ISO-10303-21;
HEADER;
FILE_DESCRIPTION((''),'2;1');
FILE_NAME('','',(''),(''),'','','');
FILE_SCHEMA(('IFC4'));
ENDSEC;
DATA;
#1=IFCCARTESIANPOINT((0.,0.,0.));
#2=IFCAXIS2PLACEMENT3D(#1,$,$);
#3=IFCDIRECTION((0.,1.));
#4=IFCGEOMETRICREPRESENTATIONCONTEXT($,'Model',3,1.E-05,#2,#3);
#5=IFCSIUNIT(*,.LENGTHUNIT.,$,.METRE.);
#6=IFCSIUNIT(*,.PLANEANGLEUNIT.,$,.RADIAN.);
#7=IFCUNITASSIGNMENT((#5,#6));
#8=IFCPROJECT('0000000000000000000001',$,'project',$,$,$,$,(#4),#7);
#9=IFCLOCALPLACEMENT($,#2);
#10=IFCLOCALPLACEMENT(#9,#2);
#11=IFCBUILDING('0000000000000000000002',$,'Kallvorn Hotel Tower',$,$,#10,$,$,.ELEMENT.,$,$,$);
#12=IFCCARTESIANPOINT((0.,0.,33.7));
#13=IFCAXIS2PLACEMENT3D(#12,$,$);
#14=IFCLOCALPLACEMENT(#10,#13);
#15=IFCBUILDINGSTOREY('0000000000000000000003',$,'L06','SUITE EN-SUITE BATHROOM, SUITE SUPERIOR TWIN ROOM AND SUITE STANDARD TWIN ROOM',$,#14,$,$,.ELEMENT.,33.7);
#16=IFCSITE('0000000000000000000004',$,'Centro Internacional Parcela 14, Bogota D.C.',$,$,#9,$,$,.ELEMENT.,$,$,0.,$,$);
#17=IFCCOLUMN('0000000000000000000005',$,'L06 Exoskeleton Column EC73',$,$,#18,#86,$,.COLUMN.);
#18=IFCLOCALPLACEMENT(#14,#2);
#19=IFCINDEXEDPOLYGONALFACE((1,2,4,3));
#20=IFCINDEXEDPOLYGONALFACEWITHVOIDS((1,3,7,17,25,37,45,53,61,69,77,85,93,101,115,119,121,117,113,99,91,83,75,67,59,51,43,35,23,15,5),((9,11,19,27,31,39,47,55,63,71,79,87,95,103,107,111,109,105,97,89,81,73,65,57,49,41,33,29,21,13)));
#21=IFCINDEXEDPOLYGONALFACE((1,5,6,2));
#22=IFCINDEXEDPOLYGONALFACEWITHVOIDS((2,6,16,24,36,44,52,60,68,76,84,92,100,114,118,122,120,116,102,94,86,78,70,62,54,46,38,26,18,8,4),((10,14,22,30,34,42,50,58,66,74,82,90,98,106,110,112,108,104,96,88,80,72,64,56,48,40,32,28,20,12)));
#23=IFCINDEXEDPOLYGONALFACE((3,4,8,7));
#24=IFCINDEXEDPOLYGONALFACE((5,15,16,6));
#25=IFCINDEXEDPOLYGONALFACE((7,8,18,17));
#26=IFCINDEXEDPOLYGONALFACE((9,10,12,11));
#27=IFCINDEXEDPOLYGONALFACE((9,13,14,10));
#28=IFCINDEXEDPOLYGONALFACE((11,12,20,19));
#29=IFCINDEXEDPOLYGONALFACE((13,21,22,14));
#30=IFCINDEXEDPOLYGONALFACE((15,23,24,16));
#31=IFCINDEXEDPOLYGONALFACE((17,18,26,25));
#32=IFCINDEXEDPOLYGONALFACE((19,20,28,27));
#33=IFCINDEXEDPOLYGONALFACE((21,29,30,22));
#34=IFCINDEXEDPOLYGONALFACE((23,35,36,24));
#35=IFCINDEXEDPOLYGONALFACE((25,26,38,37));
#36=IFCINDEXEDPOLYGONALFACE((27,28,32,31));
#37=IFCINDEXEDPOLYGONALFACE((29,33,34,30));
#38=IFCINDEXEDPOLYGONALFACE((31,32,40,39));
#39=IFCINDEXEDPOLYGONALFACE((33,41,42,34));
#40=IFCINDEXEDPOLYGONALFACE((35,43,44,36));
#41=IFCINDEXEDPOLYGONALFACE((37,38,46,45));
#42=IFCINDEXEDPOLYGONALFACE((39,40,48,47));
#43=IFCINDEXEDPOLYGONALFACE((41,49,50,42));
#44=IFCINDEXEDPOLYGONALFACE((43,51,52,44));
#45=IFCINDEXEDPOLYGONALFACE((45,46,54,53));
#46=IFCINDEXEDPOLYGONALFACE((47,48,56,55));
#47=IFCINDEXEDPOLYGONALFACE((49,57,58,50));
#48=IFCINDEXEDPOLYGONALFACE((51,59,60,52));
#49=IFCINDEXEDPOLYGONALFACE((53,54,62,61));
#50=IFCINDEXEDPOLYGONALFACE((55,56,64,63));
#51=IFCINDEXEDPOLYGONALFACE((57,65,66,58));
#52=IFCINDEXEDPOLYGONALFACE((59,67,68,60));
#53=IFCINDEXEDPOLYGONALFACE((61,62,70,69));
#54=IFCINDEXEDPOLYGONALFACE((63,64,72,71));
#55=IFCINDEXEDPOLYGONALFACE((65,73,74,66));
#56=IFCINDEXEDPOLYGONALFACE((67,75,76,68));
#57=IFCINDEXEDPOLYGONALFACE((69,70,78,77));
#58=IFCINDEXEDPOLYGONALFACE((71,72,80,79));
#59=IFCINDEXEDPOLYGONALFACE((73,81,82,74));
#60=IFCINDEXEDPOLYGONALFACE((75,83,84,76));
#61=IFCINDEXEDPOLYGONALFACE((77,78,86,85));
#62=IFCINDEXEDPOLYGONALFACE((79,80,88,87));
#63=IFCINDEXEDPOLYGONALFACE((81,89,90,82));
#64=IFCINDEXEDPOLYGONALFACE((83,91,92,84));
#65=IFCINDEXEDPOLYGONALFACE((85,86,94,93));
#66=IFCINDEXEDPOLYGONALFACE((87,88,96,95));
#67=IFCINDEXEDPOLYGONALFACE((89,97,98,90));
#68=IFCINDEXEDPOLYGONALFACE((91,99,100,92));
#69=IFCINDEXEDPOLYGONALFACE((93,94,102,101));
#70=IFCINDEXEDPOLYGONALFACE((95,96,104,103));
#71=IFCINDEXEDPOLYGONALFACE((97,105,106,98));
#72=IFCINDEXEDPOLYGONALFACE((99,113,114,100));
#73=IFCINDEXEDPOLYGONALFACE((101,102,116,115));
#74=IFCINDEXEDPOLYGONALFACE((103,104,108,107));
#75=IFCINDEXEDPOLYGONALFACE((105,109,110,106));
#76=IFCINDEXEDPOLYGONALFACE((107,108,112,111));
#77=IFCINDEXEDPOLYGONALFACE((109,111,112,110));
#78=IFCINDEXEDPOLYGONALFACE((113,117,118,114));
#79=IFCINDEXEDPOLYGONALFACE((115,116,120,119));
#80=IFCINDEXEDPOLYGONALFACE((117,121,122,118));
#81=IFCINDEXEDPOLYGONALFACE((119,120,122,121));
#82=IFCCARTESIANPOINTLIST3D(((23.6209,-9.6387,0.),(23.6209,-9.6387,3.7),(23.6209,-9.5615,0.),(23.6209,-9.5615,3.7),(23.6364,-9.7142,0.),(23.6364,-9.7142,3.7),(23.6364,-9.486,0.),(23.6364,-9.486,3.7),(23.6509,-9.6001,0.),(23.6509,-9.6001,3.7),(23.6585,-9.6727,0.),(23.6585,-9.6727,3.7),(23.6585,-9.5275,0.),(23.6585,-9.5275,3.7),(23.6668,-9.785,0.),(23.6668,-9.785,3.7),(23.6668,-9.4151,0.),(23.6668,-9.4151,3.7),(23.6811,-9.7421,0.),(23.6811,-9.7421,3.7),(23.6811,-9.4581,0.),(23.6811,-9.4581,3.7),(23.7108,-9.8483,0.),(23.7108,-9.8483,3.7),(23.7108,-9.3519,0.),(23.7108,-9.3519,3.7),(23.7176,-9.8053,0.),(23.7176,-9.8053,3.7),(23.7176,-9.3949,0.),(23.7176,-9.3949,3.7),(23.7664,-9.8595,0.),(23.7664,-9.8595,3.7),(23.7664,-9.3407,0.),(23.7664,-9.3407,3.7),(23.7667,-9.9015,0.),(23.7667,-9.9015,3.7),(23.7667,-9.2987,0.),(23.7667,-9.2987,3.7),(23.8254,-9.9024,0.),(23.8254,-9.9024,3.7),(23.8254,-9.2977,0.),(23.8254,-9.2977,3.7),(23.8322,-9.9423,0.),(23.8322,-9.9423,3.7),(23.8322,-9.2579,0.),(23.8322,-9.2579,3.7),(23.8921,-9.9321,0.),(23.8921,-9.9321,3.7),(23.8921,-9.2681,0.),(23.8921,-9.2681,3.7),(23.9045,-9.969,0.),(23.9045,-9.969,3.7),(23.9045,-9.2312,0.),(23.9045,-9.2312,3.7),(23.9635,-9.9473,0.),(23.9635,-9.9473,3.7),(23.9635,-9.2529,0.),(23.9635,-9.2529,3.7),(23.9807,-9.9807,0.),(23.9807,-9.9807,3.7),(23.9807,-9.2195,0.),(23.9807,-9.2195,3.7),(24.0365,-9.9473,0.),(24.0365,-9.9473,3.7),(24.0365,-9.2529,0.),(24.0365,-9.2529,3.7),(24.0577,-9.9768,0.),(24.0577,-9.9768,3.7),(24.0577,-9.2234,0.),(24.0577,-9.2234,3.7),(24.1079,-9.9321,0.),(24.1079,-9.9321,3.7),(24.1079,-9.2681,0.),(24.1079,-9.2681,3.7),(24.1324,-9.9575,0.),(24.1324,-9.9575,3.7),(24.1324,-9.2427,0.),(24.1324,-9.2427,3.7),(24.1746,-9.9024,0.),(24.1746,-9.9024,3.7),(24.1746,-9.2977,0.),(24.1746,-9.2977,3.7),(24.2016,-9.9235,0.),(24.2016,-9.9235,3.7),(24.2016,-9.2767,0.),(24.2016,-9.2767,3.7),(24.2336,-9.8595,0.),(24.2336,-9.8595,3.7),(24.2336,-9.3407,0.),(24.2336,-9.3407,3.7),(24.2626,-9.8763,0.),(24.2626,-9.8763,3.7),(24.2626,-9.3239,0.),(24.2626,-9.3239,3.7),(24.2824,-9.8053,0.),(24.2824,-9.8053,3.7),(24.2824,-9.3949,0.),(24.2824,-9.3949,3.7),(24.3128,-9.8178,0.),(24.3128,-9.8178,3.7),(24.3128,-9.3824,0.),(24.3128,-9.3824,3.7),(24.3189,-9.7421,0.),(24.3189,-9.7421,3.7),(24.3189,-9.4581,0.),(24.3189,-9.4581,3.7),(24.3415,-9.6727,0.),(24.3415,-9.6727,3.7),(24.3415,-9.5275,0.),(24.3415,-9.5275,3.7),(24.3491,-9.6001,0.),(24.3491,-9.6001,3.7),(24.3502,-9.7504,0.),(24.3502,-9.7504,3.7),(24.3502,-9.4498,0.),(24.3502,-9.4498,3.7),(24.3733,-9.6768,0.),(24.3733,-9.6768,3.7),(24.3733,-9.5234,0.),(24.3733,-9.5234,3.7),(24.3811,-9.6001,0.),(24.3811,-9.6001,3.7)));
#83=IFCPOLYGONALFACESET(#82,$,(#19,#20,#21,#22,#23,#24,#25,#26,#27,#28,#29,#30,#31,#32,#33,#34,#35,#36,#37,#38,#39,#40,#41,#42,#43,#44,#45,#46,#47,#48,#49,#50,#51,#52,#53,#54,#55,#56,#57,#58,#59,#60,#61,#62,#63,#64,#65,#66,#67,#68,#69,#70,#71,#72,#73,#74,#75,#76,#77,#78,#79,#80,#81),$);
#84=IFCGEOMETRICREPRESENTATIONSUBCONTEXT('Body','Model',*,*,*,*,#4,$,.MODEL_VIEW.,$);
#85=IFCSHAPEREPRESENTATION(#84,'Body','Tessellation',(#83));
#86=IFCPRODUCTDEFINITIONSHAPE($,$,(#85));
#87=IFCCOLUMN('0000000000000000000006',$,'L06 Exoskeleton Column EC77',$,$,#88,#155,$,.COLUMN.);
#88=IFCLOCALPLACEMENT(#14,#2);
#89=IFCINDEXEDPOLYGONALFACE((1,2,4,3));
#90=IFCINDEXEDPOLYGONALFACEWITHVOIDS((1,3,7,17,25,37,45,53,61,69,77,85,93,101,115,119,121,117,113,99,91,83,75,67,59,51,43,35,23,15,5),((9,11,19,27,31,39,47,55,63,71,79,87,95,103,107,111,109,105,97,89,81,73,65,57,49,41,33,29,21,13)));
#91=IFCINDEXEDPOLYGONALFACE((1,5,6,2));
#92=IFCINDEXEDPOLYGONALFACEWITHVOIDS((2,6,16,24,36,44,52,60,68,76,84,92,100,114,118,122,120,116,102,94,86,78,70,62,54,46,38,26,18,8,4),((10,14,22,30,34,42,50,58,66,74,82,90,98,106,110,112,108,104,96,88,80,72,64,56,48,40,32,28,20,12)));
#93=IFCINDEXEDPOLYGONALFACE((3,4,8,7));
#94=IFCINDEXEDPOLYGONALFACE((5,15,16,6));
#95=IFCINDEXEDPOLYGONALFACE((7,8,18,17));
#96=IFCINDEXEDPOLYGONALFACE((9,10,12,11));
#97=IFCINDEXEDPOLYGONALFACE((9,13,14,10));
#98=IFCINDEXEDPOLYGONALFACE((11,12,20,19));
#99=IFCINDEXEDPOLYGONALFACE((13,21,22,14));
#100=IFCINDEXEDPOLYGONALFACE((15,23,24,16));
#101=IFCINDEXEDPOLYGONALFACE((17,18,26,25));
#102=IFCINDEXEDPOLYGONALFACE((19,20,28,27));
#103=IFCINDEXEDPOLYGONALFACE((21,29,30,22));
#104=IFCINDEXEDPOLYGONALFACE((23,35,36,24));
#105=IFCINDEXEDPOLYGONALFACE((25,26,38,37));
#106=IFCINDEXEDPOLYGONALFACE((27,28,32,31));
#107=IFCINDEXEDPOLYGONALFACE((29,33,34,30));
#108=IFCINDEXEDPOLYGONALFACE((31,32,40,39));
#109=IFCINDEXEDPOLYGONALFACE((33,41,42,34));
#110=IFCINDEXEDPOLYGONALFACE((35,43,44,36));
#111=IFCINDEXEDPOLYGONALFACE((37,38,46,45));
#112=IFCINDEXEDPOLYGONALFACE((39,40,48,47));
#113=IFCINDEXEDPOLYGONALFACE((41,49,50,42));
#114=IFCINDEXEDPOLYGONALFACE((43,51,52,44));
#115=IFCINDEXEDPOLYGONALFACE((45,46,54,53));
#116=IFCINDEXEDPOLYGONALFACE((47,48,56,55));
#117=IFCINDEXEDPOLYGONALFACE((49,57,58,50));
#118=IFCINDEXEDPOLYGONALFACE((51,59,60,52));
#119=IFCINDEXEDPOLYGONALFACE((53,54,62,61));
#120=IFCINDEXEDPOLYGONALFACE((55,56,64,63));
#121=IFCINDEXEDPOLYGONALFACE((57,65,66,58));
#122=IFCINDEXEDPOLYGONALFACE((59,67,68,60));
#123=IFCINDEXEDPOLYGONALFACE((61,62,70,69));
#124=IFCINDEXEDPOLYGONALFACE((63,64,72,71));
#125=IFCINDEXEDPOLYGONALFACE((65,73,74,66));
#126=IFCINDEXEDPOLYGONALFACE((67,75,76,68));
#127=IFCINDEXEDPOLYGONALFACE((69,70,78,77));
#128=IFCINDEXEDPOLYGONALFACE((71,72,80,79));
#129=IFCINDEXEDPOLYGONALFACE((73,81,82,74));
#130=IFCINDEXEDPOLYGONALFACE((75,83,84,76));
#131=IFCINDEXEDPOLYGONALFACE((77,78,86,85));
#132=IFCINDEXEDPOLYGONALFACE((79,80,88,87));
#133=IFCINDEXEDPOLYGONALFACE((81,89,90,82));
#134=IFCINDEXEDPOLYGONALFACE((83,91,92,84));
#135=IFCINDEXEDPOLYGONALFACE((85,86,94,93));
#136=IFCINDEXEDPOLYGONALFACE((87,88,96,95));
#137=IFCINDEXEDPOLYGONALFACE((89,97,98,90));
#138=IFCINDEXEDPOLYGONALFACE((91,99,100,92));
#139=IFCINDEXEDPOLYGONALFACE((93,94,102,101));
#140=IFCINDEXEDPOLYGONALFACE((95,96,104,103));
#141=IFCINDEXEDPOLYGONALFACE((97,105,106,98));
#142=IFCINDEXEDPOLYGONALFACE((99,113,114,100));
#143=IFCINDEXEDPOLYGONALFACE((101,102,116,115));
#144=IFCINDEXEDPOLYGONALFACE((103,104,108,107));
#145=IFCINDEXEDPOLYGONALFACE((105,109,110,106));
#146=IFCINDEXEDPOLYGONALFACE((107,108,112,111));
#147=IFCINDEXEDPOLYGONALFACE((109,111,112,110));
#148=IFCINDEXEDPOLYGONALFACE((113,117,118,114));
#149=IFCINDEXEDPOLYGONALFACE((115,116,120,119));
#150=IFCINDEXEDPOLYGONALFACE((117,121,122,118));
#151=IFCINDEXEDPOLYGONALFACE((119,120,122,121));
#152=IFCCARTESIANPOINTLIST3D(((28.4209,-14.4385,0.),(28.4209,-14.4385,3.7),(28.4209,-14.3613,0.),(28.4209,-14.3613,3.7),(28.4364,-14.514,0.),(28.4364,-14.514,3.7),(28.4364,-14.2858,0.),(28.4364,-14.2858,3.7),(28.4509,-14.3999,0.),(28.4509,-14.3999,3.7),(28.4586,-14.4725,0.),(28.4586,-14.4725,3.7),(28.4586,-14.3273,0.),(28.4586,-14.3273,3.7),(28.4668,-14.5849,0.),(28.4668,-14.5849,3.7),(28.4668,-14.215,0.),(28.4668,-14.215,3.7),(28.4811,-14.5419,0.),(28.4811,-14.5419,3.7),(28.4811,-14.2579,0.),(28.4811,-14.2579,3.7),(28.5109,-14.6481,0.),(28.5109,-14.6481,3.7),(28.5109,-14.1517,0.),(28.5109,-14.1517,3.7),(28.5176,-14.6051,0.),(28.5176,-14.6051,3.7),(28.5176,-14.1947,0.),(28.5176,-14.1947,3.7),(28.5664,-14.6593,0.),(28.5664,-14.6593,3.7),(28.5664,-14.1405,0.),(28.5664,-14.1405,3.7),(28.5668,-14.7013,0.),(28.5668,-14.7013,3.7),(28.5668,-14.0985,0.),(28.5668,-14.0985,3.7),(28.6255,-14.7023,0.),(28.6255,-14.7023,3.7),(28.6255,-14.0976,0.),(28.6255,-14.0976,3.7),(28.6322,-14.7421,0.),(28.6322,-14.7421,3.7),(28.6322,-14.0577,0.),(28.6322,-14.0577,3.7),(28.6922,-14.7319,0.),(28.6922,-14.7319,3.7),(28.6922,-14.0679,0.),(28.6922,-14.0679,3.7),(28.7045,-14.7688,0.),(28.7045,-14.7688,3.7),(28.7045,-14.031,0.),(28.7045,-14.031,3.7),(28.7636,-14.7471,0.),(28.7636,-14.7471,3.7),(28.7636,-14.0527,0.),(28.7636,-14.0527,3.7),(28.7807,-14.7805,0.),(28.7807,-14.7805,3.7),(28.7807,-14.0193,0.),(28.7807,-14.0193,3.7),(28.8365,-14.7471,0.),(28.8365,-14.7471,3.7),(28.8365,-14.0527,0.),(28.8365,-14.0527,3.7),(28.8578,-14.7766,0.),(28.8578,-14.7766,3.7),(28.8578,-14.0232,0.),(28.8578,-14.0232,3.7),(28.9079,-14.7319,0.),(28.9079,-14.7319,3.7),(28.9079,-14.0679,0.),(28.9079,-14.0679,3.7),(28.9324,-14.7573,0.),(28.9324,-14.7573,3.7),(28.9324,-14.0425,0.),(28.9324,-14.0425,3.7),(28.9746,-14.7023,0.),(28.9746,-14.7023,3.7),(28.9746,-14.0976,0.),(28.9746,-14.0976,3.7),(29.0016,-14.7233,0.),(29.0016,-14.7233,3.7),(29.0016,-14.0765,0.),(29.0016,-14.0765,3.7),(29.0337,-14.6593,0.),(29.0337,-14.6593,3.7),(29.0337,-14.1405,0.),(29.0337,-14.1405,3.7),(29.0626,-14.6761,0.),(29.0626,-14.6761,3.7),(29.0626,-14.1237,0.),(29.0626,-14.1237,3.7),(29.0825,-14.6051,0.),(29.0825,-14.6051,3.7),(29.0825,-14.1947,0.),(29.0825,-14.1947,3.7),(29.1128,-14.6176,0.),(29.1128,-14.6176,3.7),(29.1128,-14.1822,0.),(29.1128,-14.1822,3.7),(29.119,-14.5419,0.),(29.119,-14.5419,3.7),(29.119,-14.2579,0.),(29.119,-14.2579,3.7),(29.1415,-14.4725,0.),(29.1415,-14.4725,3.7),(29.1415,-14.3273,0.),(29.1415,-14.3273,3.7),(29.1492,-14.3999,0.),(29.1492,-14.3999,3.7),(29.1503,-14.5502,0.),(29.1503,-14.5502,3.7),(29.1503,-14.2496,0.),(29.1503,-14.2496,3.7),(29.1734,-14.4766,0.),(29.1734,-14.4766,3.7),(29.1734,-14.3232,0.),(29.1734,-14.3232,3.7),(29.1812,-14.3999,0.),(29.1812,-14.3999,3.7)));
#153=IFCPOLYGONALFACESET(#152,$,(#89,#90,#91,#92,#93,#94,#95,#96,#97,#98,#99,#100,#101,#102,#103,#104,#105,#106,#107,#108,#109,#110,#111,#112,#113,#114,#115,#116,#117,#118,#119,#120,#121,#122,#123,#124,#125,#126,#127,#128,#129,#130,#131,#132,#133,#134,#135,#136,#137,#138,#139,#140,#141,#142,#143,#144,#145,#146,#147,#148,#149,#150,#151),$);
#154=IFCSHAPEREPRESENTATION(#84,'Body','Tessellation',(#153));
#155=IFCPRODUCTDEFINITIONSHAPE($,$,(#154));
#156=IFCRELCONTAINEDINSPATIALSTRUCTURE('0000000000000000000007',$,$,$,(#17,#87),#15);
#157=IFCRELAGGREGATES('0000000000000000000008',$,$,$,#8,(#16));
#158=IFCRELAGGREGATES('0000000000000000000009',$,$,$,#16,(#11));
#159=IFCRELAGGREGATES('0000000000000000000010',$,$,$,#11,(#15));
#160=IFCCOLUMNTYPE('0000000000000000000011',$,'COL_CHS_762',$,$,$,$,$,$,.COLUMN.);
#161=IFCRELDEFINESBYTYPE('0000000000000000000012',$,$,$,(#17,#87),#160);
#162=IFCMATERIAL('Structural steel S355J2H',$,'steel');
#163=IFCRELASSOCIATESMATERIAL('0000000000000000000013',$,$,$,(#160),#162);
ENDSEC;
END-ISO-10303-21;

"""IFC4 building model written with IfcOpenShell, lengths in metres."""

from ifc_helpers import new_model, si_unit, direction, frame, origin, origin_2d, place, context, subcontext, project, spatial, hollow_circle, extrude, material, material_profile, profile_set, type_object, element, save


model = new_model("IFC4")

# Units and contexts
model_context = context("Model", 3, precision=1e-05, world=origin(), true_north=direction((0.0, 1.0)))
body_context = subcontext(model_context, "Body", "Model", "MODEL_VIEW")
ifc_project = project(units=[si_unit("LENGTHUNIT", "METRE"), si_unit("PLANEANGLEUNIT", "RADIAN")], contexts=[model_context])

# Site, building, storey
site_placement = place(None, origin())
site = spatial("IfcSite", under=ifc_project, at=site_placement, Name="Centro Internacional Parcela 14, Bogota D.C.", CompositionType="ELEMENT", RefElevation=0.0)
building_placement = place(site_placement, origin())
building = spatial("IfcBuilding", under=site, at=building_placement, Name="Kallvorn Hotel Tower", CompositionType="ELEMENT")
storey_placement = place(building_placement, frame((0.0, 0.0, 33.7)))
storey = spatial("IfcBuildingStorey", under=building, at=storey_placement, Name="L06", Description="SUITE EN-SUITE BATHROOM, SUITE SUPERIOR TWIN ROOM AND SUITE STANDARD TWIN ROOM", CompositionType="ELEMENT", Elevation=33.7)

# Columns
ifc_material_1 = material(Name="Structural steel S355J2H", Category="steel")
ifc_material_profile_1 = material_profile(ifc_material_1, hollow_circle(Radius=0.3811, WallThickness=0.032, at=origin_2d()), Name="CHS 762x32")
ifc_profile_set_1 = profile_set([ifc_material_profile_1], Name="Structural steel S355J2H")
column_type_1 = type_object("IfcColumnType", Name="COL_CHS_762", PredefinedType="COLUMN", material=ifc_profile_set_1)
for number, where, z_axis, x_axis, name in (
    (1, (24.0, -9.6001, 0.0), (0.0, 0.0, 1.0), (1.0, 0.0, 0.0), "L06 Exoskeleton Column EC73"),
    (2, (28.8, -14.3999, 0.0), (0.0, 0.0, 1.0), (1.0, 0.0, 0.0), "L06 Exoskeleton Column EC77"),
):
    element("IfcColumn", number, at=place(storey_placement, frame(where, z_axis=z_axis, x_axis=x_axis)), inside=storey, type_object=column_type_1, Name=name, PredefinedType="COLUMN", context=body_context, shape_type="SweptSolid", body=[
        extrude(hollow_circle(Radius=0.3811, WallThickness=0.032, at=origin_2d()), origin(), (0.0, 0.0, 1.0), 3.7),
    ])

save(model, "model.ifc")
